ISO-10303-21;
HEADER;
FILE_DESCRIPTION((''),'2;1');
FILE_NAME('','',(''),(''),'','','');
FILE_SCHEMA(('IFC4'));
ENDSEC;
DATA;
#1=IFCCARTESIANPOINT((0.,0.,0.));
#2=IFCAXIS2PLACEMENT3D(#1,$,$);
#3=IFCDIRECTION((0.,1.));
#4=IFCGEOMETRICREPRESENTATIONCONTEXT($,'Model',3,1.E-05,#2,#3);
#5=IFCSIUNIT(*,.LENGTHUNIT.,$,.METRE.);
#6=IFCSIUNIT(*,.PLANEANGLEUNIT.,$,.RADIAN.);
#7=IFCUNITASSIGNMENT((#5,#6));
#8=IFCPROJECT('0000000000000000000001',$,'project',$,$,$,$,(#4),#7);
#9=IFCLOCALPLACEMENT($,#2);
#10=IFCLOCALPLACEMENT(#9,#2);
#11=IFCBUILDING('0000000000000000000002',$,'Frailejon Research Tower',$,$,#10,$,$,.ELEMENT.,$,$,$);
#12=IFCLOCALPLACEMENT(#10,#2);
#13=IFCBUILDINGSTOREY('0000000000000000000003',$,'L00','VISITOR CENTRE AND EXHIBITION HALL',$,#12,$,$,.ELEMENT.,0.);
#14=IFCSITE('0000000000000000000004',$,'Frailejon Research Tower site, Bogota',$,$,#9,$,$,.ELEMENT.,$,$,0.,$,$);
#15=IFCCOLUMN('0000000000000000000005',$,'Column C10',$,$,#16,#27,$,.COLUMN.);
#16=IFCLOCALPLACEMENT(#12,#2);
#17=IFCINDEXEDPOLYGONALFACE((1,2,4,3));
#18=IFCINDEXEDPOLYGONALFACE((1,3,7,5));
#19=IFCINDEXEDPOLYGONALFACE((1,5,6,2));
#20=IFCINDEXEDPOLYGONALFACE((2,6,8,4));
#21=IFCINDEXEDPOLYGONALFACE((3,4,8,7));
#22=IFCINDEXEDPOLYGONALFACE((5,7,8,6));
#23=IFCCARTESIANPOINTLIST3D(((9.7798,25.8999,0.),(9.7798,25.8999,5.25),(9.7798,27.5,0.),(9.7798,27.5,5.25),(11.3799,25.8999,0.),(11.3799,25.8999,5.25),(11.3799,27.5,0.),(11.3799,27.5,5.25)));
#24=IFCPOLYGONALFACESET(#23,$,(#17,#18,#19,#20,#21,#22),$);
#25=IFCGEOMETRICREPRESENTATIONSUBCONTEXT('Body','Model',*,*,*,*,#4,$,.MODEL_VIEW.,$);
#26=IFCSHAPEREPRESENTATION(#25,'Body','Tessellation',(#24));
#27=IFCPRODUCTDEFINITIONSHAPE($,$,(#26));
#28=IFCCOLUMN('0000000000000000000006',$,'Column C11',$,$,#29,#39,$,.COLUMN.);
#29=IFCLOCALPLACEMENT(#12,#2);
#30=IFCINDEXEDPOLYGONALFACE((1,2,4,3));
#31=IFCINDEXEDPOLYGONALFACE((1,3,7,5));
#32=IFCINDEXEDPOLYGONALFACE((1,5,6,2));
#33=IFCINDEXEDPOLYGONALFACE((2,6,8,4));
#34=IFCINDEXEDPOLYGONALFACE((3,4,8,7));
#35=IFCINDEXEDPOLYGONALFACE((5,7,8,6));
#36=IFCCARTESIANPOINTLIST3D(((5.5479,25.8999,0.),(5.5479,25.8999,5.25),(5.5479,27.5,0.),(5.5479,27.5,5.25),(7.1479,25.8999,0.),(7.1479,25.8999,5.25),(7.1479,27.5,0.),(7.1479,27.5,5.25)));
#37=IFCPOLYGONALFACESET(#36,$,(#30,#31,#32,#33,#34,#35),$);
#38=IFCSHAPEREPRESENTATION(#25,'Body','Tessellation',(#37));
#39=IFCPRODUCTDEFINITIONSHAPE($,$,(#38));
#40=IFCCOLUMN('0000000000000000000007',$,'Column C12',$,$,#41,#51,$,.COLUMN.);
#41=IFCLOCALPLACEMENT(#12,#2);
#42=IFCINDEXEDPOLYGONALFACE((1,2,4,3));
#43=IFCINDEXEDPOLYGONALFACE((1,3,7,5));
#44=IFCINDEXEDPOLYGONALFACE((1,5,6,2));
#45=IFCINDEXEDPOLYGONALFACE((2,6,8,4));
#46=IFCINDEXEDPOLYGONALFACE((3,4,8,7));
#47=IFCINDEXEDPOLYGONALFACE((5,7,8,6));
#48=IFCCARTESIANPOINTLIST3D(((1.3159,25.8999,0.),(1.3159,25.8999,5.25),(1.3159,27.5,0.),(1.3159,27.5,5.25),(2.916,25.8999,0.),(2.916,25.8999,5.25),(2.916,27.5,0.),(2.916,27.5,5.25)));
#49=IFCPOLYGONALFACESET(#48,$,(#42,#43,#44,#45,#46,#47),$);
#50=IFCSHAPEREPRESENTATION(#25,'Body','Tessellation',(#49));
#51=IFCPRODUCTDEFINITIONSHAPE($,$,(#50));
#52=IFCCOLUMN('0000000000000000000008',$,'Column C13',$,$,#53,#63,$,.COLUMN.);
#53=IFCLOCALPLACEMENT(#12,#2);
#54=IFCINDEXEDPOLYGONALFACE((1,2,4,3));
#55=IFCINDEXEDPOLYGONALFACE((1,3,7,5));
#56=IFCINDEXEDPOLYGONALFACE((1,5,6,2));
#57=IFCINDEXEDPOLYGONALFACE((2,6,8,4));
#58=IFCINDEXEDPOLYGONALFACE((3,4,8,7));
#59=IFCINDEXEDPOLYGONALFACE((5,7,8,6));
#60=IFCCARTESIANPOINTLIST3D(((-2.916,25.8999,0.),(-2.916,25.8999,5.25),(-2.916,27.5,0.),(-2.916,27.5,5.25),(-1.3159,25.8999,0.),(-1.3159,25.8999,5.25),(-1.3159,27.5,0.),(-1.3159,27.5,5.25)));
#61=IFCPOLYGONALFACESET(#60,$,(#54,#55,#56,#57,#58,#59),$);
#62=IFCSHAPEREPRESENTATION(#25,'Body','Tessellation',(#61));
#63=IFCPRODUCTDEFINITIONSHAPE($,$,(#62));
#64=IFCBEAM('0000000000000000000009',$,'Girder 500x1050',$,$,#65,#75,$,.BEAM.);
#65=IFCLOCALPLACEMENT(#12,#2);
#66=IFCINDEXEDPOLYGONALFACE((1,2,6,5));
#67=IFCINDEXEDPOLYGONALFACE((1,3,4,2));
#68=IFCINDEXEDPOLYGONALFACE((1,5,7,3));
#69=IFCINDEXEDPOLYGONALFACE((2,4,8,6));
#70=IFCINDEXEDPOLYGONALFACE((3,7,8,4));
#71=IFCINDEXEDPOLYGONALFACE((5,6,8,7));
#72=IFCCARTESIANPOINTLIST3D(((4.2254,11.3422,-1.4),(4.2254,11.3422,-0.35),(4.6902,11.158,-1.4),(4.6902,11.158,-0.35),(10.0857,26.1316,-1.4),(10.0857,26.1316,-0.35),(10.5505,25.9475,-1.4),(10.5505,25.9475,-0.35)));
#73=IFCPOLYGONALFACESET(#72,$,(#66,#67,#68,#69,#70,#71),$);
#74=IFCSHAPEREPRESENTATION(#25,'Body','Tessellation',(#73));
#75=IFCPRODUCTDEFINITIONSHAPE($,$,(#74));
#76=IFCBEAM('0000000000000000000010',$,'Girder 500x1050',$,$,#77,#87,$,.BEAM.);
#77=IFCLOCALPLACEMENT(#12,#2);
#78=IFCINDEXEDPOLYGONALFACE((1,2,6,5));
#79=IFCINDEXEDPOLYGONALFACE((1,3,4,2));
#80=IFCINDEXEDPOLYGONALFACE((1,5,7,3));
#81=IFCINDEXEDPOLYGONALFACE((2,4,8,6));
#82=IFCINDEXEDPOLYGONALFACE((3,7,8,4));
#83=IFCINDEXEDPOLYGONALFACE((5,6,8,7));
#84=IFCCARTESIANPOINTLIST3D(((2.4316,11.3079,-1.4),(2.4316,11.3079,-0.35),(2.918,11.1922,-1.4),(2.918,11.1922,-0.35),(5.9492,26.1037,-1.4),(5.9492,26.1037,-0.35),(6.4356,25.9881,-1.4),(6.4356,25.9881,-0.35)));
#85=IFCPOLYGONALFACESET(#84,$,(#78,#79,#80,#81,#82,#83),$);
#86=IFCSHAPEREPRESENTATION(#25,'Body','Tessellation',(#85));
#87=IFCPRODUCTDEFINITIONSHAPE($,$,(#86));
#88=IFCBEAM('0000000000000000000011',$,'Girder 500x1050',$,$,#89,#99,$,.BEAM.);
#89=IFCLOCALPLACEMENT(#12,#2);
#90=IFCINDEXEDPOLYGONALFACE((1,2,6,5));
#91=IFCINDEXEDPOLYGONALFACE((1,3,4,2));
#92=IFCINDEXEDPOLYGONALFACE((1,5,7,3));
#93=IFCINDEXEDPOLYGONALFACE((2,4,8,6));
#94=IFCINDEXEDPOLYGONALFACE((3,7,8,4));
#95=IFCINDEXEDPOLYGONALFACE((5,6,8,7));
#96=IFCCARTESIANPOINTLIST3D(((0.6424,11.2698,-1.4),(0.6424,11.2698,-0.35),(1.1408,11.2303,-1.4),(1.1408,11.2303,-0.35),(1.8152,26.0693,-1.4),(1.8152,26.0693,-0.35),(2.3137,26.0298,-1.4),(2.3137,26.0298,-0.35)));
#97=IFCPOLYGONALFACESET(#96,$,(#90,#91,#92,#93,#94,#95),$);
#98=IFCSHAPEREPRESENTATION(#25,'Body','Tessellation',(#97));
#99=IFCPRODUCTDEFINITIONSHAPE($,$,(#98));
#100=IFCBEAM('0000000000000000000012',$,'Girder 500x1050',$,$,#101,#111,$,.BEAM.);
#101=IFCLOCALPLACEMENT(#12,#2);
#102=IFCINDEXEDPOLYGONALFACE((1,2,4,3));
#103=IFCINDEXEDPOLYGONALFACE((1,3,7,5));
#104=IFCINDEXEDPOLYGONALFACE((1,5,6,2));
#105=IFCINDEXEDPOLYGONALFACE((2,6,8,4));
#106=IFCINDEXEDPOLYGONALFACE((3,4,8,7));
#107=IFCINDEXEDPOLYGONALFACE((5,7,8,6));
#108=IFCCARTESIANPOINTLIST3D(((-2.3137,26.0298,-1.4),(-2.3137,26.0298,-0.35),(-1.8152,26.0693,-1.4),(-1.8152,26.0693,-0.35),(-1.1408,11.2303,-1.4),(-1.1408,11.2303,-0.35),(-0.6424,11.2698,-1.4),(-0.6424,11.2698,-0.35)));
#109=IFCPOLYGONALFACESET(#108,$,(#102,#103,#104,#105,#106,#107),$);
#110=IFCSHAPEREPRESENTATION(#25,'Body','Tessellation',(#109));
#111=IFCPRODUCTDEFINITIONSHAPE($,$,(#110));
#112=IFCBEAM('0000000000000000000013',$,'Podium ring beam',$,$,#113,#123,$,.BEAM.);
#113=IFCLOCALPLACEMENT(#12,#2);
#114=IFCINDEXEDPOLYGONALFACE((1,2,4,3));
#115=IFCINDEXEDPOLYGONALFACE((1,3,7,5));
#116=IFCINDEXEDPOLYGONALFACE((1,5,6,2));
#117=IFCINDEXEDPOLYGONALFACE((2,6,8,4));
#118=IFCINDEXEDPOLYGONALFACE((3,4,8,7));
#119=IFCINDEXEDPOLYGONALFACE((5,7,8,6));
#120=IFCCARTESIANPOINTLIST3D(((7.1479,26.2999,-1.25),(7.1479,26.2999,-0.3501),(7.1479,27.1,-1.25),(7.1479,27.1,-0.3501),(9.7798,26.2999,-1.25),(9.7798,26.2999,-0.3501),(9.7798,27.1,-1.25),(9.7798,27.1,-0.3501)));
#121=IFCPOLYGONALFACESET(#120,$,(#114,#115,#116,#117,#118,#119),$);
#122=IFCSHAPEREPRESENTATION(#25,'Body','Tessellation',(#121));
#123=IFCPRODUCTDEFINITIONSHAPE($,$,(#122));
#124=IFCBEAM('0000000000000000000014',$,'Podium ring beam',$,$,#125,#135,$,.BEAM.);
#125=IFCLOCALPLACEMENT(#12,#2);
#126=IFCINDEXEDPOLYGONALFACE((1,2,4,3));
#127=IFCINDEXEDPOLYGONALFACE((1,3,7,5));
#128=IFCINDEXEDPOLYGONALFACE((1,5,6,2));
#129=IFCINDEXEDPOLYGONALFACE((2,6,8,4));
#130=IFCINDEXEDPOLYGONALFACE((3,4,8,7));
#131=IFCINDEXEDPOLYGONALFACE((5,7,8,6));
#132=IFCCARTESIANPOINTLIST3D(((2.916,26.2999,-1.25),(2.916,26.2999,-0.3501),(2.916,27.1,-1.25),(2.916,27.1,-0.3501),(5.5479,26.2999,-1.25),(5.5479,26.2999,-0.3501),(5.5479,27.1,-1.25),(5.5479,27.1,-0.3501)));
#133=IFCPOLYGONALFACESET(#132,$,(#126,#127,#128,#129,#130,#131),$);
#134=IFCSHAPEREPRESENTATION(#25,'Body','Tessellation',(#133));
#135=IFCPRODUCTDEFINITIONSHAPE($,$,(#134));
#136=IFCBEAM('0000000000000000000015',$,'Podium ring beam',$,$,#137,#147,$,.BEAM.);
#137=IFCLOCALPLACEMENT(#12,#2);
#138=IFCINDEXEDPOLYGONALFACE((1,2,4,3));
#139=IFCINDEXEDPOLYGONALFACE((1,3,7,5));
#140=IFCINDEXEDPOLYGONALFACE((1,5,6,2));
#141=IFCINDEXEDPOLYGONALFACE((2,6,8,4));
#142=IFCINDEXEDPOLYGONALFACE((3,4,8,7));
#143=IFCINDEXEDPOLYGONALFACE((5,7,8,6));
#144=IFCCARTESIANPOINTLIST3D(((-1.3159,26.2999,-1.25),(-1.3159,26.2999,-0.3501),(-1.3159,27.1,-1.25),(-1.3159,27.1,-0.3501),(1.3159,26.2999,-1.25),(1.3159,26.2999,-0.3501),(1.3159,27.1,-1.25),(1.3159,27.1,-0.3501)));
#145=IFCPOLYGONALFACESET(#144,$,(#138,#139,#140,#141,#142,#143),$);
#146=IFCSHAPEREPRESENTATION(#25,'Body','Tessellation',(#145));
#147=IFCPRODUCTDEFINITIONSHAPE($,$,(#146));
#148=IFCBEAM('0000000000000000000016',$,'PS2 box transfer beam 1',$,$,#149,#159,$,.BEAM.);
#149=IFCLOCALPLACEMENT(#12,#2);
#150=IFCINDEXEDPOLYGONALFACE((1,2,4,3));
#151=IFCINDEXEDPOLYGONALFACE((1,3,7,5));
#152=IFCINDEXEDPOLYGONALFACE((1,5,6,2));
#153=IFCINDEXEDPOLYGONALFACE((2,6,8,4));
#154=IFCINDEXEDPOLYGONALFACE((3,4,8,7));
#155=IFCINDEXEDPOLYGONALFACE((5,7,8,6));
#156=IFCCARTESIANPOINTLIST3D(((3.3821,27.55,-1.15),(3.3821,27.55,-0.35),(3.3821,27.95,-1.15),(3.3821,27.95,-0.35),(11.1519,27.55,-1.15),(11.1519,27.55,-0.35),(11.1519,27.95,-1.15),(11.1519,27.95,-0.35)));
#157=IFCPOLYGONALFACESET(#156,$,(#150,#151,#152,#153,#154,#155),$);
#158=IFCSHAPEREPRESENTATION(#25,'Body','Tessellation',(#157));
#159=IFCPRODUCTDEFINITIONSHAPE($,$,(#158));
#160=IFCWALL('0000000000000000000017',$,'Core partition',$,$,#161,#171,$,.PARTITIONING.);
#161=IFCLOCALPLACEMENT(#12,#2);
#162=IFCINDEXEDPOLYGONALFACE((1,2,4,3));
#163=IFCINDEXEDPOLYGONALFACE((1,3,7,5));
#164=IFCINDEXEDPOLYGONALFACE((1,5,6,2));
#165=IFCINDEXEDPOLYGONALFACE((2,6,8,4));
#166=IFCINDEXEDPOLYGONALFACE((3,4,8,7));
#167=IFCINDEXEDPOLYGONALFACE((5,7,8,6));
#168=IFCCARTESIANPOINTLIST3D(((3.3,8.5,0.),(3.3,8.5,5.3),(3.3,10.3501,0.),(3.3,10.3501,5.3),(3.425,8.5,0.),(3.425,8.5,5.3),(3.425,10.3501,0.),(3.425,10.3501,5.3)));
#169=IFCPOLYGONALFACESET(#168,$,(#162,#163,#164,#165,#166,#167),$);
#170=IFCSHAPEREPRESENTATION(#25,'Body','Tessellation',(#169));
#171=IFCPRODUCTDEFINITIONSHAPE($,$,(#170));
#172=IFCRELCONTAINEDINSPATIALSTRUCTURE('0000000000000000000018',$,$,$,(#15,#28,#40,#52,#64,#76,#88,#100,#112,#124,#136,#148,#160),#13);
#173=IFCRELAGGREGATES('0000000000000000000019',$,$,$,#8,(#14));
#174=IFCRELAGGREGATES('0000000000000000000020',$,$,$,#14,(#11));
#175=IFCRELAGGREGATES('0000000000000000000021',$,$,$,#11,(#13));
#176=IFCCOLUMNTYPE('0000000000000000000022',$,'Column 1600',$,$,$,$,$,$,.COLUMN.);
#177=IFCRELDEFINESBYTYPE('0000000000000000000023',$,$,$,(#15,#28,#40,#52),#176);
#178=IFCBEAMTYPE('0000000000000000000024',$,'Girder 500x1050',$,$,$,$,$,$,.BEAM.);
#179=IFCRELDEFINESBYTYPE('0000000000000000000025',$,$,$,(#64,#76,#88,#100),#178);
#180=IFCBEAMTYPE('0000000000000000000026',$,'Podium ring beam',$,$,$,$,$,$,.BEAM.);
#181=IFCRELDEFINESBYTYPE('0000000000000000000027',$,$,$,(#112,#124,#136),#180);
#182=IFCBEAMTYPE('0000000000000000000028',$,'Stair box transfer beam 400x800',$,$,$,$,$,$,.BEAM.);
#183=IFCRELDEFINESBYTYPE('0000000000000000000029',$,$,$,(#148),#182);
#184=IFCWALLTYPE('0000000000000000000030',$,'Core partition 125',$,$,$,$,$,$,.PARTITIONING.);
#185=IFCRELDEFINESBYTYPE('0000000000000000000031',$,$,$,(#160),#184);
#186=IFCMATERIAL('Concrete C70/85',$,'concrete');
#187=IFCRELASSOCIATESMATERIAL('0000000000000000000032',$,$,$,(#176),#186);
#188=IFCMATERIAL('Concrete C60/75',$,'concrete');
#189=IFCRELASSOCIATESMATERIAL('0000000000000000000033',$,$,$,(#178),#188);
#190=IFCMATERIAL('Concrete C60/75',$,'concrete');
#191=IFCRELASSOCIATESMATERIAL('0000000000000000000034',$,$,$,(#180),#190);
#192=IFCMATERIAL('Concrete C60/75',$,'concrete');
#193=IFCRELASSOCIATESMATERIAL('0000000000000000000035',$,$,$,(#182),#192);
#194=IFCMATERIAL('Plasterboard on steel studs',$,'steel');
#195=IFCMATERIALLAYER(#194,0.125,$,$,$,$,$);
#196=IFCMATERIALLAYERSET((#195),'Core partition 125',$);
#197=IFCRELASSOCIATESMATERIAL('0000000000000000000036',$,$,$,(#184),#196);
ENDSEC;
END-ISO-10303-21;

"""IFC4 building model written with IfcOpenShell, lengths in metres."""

from ifc_helpers import new_model, si_unit, direction, frame, frame_2d, origin, origin_2d, place, context, subcontext, project, spatial, rectangle, extrude, material, layer, layer_set, material_profile, profile_set, type_object, element, save


model = new_model("IFC4")

# Units and contexts
model_context = context("Model", 3, precision=1e-05, world=origin(), true_north=direction((0.0, 1.0)))
body_context = subcontext(model_context, "Body", "Model", "MODEL_VIEW")
ifc_project = project(units=[si_unit("LENGTHUNIT", "METRE"), si_unit("PLANEANGLEUNIT", "RADIAN")], contexts=[model_context])

# Site, building, storey
site_placement = place(None, origin())
site = spatial("IfcSite", under=ifc_project, at=site_placement, Name="Frailejon Research Tower site, Bogota", CompositionType="ELEMENT", RefElevation=0.0)
building_placement = place(site_placement, origin())
building = spatial("IfcBuilding", under=site, at=building_placement, Name="Frailejon Research Tower", CompositionType="ELEMENT")
storey_placement = place(building_placement, origin())
storey = spatial("IfcBuildingStorey", under=building, at=storey_placement, Name="L00", Description="VISITOR CENTRE AND EXHIBITION HALL", CompositionType="ELEMENT", Elevation=0.0)

# Columns
ifc_material_1 = material(Name="Concrete C70/85", Category="concrete")
ifc_material_profile_1 = material_profile(ifc_material_1, rectangle(XDim=1.6001, YDim=1.6001, at=origin_2d()), Name="Column 1600")
ifc_profile_set_1 = profile_set([ifc_material_profile_1], Name="Concrete C70/85")
column_type = type_object("IfcColumnType", Name="Column 1600", PredefinedType="COLUMN", material=ifc_profile_set_1)
for number, where, z_axis, x_axis, name in (
    (1, (10.5798, 26.7, 0.0), (0.0, 0.0, 1.0), (-1.0, 0.0, 0.0), "Column C10"),
    (2, (6.3479, 26.7, 0.0), (0.0, 0.0, 1.0), (-1.0, 0.0, 0.0), "Column C11"),
    (3, (2.116, 26.7, 0.0), (0.0, 0.0, 1.0), (-1.0, 0.0, 0.0), "Column C12"),
    (4, (-2.116, 26.7, 0.0), (0.0, 0.0, 1.0), (-1.0, 0.0, 0.0), "Column C13"),
):
    element("IfcColumn", number, at=place(storey_placement, frame(where, z_axis=z_axis, x_axis=x_axis)), inside=storey, type_object=column_type, Name=name, PredefinedType="COLUMN", context=body_context, shape_type="SweptSolid", body=[
        extrude(rectangle(XDim=1.6001, YDim=1.6001, at=origin_2d()), origin(), (0.0, 0.0, 1.0), 5.25),
    ])

# Beams
ifc_material_2 = material(Name="Concrete C60/75", Category="concrete")
ifc_material_profile_2 = material_profile(ifc_material_2, rectangle(XDim=0.5, YDim=1.05, at=origin_2d()), Name="Girder 500x1050")
ifc_profile_set_2 = profile_set([ifc_material_profile_2], Name="Concrete C60/75")
beam_type_1 = type_object("IfcBeamType", Name="Girder 500x1050", PredefinedType="BEAM", material=ifc_profile_set_2)
beam_1_placement = place(storey_placement, frame((10.3181, 26.0396, -0.875), z_axis=(-0.368383, -0.929674, 0.0), x_axis=(0.929674, -0.368383, 0.0)))
element("IfcBeam", 5, at=beam_1_placement, inside=storey, type_object=beam_type_1, Name="Girder 500x1050", PredefinedType="BEAM", context=body_context, shape_type="SweptSolid", body=[
    extrude(rectangle(XDim=0.5, YDim=1.05, at=origin_2d()), origin(), (0.0, 0.0, 1.0), 15.9082),
])
beam_2_placement = place(storey_placement, frame((6.1924, 26.0459, -0.875), z_axis=(-0.231294, -0.972884, 0.0), x_axis=(0.972884, -0.231294, 0.0)))
element("IfcBeam", 6, at=beam_2_placement, inside=storey, type_object=beam_type_1, Name="Girder 500x1050", PredefinedType="BEAM", context=body_context, shape_type="SweptSolid", body=[
    extrude(rectangle(XDim=0.5, YDim=1.05, at=origin_2d()), origin(), (0.0, 0.0, 1.0), 15.2083),
])
for number, where, z_axis, x_axis, name in (
    (7, (2.0645, 26.0496, -0.875), (-0.079001, -0.996875, 0.0), (0.996875, -0.079001, 0.0), "Girder 500x1050"),
    (8, (-2.0645, 26.0496, -0.875), (0.079001, -0.996875, 0.0), (0.996875, 0.079001, 0.0), "Girder 500x1050"),
):
    element("IfcBeam", number, at=place(storey_placement, frame(where, z_axis=z_axis, x_axis=x_axis)), inside=storey, type_object=beam_type_1, Name=name, PredefinedType="BEAM", context=body_context, shape_type="SweptSolid", body=[
        extrude(rectangle(XDim=0.5, YDim=1.05, at=origin_2d()), origin(), (0.0, 0.0, 1.0), 14.8459),
    ])
ifc_material_3 = material(Name="Concrete C60/75", Category="concrete")
ifc_material_profile_3 = material_profile(ifc_material_3, rectangle(XDim=0.8, YDim=0.8999, at=origin_2d()), Name="Podium ring beam")
ifc_profile_set_3 = profile_set([ifc_material_profile_3], Name="Concrete C60/75")
beam_type_2 = type_object("IfcBeamType", Name="Podium ring beam", PredefinedType="BEAM", material=ifc_profile_set_3)
for number, where, z_axis, x_axis, name in (
    (9, (9.7798, 26.7, -0.8), (-1.0, 0.0, 0.0), (0.0, -1.0, 0.0), "Podium ring beam"),
    (10, (5.5479, 26.7, -0.8), (-1.0, 0.0, 0.0), (0.0, -1.0, 0.0), "Podium ring beam"),
    (11, (1.3159, 26.7, -0.8), (-1.0, 0.0, 0.0), (0.0, -1.0, 0.0), "Podium ring beam"),
):
    element("IfcBeam", number, at=place(storey_placement, frame(where, z_axis=z_axis, x_axis=x_axis)), inside=storey, type_object=beam_type_2, Name=name, PredefinedType="BEAM", context=body_context, shape_type="SweptSolid", body=[
        extrude(rectangle(XDim=0.8, YDim=0.8999, at=origin_2d()), origin(), (0.0, 0.0, 1.0), 2.6318),
    ])
ifc_material_4 = material(Name="Concrete C60/75", Category="concrete")
ifc_material_profile_4 = material_profile(ifc_material_4, rectangle(XDim=0.3999, YDim=0.8, at=origin_2d()), Name="Stair box transfer beam 400x800")
ifc_profile_set_4 = profile_set([ifc_material_profile_4], Name="Concrete C60/75")
beam_type_3 = type_object("IfcBeamType", Name="Stair box transfer beam 400x800", PredefinedType="BEAM", material=ifc_profile_set_4)
beam_3_placement = place(storey_placement, frame((3.3821, 27.75, -0.75), z_axis=(1.0, 0.0, 0.0), x_axis=(0.0, 1.0, 0.0)))
element("IfcBeam", 12, at=beam_3_placement, inside=storey, type_object=beam_type_3, Name="PS2 box transfer beam 1", PredefinedType="BEAM", context=body_context, shape_type="SweptSolid", body=[
    extrude(rectangle(XDim=0.3999, YDim=0.8, at=origin_2d()), origin(), (0.0, 0.0, 1.0), 7.7698),
])

# Wall
ifc_material_5 = material(Name="Plasterboard on steel studs", Category="steel")
ifc_layer_1 = layer(ifc_material_5, 0.125)
ifc_layer_set_1 = layer_set([ifc_layer_1], Name="Core partition 125")
wall_type_1 = type_object("IfcWallType", Name="Core partition 125", PredefinedType="PARTITIONING", material=ifc_layer_set_1)
wall_1_placement = place(storey_placement, frame((3.3625, 8.5, 0.0), z_axis=(0.0, 0.0, 1.0), x_axis=(0.0, 1.0, 0.0)))
element("IfcWall", 13, at=wall_1_placement, inside=storey, type_object=wall_type_1, Name="Core partition", PredefinedType="PARTITIONING", context=body_context, shape_type="SweptSolid", body=[
    extrude(rectangle(XDim=1.8501, YDim=0.125, at=frame_2d((0.925, 0.0))), origin(), (0.0, 0.0, 1.0), 5.3),
])

save(model, "model.ifc")
